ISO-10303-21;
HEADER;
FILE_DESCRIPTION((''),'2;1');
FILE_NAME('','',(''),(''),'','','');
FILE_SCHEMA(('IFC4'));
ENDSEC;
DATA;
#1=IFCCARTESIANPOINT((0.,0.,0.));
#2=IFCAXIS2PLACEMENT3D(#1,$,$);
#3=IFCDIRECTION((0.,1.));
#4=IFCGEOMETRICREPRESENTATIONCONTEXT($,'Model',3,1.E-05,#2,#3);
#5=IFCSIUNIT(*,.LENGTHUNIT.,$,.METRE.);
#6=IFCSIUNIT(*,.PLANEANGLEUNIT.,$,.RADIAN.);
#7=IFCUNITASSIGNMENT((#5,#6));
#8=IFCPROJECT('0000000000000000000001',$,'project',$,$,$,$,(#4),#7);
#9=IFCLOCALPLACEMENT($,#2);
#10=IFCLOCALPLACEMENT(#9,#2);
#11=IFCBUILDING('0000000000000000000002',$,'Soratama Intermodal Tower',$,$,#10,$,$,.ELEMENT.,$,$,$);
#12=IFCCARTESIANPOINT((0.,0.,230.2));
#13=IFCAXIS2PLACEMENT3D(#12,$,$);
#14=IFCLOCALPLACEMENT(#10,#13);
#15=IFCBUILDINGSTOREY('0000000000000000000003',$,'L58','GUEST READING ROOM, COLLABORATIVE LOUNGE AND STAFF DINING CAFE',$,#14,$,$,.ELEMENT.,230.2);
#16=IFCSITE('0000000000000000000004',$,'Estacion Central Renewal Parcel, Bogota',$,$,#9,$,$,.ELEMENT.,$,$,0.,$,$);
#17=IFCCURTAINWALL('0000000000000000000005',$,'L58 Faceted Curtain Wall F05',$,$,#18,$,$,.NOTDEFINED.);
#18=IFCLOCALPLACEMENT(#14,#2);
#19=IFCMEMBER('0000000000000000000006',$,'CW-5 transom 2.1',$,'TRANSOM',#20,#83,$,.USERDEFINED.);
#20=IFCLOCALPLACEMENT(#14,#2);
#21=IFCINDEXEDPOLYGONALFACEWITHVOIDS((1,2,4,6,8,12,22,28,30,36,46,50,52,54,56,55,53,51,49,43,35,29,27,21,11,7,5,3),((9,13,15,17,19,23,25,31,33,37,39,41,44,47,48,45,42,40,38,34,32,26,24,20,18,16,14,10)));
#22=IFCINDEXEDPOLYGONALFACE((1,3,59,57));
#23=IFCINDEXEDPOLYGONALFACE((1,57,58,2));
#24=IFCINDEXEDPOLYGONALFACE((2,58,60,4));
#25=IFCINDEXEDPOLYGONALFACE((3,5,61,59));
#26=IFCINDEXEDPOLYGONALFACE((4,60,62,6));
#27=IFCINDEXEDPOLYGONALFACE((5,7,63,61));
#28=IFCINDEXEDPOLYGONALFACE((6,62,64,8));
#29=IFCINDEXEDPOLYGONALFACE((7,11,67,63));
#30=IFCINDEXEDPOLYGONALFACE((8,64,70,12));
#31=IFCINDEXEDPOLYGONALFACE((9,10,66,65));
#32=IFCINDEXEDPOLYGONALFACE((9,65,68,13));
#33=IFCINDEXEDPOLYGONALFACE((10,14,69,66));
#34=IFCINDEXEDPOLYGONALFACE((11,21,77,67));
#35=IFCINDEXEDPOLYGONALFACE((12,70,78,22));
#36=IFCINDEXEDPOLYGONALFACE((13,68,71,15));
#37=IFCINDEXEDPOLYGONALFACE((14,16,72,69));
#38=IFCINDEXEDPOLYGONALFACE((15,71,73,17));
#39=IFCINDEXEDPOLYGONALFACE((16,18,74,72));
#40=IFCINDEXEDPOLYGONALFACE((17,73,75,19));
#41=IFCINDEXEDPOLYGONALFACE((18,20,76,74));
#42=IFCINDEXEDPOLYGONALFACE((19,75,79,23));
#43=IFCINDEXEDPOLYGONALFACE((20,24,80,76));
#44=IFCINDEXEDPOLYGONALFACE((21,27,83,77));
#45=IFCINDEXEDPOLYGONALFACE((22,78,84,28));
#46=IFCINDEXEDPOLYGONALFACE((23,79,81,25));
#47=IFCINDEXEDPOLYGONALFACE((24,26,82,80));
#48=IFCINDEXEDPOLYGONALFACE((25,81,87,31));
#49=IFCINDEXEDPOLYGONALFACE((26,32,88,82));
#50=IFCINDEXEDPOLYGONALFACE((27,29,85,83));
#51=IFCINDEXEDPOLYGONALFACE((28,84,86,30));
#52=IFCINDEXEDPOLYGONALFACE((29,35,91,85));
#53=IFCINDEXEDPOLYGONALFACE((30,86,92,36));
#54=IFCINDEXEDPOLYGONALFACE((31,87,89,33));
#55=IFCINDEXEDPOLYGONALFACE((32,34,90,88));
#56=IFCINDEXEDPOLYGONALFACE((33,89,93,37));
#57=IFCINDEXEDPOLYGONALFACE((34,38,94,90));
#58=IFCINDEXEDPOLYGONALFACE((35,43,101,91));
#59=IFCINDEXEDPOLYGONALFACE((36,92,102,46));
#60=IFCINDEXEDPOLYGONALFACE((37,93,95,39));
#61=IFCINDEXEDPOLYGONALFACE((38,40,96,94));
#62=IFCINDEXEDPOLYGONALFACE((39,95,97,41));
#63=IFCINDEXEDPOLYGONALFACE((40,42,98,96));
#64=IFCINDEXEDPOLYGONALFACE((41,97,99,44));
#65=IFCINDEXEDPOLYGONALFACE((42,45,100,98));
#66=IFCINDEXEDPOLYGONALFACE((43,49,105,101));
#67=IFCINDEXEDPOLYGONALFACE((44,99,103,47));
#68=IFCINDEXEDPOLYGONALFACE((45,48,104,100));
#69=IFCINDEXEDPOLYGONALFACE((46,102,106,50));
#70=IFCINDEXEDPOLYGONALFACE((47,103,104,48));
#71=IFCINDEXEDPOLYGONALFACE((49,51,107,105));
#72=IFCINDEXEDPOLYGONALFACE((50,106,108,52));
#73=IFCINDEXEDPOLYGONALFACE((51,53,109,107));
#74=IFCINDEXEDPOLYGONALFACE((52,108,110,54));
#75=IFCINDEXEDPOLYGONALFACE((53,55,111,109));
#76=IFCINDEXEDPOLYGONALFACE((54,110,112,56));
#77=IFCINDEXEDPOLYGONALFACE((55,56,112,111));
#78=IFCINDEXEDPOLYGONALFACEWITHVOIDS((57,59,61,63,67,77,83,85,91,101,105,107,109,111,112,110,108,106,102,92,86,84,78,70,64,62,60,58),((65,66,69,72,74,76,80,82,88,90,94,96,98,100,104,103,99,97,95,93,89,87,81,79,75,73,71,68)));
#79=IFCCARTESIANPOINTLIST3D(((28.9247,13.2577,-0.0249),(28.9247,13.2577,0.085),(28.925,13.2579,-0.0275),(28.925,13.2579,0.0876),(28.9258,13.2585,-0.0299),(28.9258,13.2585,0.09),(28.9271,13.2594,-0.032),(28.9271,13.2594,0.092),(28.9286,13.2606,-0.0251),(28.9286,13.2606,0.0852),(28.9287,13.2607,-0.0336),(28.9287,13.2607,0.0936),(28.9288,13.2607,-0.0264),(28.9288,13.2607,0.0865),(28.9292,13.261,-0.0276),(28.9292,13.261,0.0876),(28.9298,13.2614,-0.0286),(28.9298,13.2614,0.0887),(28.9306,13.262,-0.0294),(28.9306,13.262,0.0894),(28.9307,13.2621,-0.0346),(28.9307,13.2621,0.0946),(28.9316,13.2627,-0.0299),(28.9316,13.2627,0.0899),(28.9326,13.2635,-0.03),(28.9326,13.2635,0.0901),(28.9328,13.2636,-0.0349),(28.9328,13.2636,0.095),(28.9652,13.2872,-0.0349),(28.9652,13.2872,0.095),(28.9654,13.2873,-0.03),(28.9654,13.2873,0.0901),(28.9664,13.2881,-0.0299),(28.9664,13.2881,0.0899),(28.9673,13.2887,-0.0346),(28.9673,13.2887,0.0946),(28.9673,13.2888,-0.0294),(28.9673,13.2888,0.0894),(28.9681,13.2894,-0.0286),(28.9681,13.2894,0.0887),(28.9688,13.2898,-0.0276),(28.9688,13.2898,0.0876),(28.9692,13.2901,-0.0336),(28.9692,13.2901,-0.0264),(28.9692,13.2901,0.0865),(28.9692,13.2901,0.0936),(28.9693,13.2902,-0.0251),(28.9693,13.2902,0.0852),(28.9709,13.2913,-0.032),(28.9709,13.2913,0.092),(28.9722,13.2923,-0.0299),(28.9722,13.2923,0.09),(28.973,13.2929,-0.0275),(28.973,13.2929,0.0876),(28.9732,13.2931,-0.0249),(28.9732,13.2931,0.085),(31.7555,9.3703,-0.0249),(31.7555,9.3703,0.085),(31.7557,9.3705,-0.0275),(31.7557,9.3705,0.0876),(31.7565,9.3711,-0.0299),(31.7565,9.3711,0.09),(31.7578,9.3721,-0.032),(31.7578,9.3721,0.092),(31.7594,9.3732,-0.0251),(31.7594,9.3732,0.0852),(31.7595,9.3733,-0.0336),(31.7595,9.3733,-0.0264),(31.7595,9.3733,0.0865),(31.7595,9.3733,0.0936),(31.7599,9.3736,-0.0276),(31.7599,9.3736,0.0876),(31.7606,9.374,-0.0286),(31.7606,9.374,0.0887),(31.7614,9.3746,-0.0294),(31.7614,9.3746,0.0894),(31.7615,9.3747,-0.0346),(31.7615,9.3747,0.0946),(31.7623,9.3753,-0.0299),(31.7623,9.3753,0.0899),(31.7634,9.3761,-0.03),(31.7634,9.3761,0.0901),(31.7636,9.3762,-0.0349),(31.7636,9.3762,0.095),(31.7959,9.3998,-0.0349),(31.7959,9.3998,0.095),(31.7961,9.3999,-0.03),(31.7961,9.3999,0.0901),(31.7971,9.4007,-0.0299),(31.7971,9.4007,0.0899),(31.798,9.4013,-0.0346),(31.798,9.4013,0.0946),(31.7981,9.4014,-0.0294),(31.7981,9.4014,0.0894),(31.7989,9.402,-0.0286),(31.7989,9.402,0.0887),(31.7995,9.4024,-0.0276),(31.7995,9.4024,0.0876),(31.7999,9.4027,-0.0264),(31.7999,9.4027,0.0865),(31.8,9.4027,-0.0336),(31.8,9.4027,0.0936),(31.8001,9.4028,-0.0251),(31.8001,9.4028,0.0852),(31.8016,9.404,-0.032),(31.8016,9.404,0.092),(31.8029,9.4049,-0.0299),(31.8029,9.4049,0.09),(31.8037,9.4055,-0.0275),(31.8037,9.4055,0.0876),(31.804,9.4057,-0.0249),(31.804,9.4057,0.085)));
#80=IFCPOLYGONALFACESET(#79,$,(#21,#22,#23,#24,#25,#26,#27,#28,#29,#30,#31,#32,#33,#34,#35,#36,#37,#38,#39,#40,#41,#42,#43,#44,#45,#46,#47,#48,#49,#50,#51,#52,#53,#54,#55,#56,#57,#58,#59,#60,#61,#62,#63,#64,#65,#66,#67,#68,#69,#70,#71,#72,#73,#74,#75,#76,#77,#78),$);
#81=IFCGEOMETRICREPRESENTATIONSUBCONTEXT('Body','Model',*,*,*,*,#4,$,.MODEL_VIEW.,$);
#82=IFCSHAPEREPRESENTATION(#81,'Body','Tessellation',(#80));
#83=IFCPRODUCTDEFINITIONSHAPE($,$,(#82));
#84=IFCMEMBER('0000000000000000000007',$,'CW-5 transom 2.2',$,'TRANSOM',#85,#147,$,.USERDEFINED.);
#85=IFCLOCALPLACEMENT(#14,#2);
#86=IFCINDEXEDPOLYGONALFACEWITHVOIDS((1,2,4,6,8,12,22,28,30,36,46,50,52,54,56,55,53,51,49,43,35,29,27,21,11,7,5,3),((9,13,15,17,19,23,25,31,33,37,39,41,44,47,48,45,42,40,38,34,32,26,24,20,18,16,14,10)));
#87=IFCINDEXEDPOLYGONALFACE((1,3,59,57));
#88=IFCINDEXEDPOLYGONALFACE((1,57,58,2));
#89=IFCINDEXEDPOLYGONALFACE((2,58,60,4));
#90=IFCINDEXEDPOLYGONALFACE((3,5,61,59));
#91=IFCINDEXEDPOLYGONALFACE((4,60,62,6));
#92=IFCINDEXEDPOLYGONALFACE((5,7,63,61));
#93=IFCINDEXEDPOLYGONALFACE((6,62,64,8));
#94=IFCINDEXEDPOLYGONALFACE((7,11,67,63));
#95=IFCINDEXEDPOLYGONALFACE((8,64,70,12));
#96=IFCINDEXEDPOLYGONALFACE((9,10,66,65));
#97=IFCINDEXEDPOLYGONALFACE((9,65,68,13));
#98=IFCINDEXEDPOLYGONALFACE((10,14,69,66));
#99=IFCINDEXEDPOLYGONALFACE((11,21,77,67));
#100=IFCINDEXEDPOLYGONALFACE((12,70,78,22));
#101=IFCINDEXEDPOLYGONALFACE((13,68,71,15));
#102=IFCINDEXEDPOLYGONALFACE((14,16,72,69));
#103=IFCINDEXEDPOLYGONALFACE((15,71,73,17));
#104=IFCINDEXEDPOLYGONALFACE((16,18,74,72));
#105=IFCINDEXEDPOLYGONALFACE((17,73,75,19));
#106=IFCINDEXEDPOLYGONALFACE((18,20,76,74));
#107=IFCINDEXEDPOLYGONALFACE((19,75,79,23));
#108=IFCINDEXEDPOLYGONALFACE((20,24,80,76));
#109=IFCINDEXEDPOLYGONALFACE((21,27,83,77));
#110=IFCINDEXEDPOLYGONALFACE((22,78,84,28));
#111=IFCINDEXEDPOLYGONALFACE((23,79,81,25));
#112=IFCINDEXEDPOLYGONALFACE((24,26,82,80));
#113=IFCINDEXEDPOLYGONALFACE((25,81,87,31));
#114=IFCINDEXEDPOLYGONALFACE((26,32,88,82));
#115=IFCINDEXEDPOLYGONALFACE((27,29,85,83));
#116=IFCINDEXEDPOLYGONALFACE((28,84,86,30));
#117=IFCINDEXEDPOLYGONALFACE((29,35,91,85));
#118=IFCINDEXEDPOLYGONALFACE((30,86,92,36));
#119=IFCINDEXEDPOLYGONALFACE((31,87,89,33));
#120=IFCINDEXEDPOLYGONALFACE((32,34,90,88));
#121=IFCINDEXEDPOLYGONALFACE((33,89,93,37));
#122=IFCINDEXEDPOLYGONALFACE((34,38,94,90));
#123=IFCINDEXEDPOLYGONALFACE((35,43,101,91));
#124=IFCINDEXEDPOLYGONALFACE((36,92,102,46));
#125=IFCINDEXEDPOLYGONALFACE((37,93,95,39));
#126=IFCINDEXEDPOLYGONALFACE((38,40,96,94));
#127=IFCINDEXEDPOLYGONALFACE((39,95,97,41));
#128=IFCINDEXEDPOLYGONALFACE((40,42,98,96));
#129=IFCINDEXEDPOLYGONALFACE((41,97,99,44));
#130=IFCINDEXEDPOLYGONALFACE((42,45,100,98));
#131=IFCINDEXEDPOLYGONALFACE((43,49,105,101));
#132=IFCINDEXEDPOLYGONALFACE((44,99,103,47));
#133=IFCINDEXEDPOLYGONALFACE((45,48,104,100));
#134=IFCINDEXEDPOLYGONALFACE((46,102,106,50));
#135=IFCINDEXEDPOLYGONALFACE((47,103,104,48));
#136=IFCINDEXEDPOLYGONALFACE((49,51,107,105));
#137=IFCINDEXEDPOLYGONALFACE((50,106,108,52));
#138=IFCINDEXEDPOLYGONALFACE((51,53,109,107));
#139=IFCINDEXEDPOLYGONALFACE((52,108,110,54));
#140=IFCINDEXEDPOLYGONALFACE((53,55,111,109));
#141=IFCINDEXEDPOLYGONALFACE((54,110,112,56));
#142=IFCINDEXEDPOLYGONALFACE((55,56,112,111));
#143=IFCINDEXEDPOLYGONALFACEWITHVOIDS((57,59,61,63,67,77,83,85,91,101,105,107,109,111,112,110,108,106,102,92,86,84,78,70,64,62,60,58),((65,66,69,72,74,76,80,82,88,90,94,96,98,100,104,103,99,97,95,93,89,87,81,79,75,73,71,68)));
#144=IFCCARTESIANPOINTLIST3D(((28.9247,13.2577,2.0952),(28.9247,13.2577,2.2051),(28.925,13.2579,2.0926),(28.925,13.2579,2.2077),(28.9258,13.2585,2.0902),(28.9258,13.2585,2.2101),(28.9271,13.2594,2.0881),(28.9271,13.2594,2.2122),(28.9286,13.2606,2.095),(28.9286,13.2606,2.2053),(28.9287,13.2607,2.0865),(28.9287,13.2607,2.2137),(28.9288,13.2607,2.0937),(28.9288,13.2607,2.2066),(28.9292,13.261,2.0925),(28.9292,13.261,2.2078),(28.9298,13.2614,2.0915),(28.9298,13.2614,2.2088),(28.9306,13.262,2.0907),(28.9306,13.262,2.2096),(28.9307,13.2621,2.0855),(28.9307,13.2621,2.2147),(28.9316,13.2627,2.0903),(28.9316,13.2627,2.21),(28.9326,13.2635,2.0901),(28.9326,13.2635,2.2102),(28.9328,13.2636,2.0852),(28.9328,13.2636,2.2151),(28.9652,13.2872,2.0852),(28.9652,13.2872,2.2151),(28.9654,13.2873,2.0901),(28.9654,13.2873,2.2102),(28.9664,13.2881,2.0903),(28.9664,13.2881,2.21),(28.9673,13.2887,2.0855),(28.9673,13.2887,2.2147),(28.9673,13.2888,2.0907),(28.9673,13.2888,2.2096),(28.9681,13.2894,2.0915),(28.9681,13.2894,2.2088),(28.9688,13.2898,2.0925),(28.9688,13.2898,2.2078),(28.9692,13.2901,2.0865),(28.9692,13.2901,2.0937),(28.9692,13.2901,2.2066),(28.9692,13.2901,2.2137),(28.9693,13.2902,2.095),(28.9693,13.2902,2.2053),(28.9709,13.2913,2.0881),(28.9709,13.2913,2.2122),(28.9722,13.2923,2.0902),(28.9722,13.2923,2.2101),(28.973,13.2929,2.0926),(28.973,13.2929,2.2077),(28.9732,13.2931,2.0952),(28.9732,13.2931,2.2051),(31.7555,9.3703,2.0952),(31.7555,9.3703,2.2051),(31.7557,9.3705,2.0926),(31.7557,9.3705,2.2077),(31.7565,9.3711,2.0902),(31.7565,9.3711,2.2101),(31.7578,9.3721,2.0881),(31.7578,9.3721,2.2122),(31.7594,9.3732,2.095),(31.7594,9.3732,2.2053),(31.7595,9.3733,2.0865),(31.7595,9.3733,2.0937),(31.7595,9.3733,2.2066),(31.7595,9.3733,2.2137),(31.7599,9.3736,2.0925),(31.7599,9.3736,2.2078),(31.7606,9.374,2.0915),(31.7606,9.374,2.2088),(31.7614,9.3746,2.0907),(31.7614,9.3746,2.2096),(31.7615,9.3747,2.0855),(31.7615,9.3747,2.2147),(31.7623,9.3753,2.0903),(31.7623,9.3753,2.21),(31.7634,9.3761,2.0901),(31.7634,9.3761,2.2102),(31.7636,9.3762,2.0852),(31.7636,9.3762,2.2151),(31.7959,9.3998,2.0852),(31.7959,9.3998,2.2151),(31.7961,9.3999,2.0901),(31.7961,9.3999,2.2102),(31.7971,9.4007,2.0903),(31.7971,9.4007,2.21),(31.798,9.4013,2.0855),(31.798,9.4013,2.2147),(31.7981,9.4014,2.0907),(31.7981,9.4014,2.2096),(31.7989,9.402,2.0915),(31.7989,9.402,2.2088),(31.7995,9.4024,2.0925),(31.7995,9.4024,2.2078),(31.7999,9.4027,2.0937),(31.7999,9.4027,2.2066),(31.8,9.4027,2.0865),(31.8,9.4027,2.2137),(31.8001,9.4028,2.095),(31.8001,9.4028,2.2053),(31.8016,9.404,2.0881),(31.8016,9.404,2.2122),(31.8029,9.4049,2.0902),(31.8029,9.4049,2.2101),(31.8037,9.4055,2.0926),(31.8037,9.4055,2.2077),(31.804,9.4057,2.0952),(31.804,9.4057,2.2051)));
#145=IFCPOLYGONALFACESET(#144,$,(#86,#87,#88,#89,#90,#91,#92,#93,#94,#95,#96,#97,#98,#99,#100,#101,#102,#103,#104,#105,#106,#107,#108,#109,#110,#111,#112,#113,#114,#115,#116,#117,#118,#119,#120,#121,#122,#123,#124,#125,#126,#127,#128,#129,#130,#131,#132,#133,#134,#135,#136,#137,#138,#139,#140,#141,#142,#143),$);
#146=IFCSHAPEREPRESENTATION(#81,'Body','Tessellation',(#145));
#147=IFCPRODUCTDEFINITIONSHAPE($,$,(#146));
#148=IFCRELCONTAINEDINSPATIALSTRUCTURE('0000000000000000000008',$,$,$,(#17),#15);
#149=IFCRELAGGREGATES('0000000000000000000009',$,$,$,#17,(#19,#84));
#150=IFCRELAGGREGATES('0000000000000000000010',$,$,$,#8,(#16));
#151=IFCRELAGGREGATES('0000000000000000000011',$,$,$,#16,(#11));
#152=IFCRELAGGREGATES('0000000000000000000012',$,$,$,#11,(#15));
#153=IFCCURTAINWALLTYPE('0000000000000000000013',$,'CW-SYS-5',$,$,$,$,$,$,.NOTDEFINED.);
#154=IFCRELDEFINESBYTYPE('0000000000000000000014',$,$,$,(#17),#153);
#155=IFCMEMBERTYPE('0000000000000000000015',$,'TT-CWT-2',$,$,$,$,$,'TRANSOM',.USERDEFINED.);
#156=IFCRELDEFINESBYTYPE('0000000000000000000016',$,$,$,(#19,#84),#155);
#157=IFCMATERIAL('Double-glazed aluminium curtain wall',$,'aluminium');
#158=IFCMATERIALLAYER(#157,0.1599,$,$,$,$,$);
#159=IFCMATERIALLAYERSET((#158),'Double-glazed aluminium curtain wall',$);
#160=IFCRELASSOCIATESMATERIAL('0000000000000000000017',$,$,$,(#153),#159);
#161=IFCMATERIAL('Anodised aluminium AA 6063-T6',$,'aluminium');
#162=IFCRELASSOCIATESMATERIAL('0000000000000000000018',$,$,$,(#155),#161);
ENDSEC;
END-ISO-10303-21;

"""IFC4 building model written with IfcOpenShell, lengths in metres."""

from ifc_helpers import new_model, si_unit, direction, frame, origin, origin_2d, place, context, subcontext, project, spatial, hollow_rectangle, extrude, material, layer, layer_set, material_profile, profile_set, type_object, element, aggregate, save


model = new_model("IFC4")

# Units and contexts
model_context = context("Model", 3, precision=1e-05, world=origin(), true_north=direction((0.0, 1.0)))
body_context = subcontext(model_context, "Body", "Model", "MODEL_VIEW")
ifc_project = project(units=[si_unit("LENGTHUNIT", "METRE"), si_unit("PLANEANGLEUNIT", "RADIAN")], contexts=[model_context])

# Site, building, storey
site_placement = place(None, origin())
site = spatial("IfcSite", under=ifc_project, at=site_placement, Name="Estacion Central Renewal Parcel, Bogota", CompositionType="ELEMENT", RefElevation=0.0)
building_placement = place(site_placement, origin())
building = spatial("IfcBuilding", under=site, at=building_placement, Name="Soratama Intermodal Tower", CompositionType="ELEMENT")
storey_placement = place(building_placement, frame((0.0, 0.0, 230.2)))
storey = spatial("IfcBuildingStorey", under=building, at=storey_placement, Name="L58", Description="GUEST READING ROOM, COLLABORATIVE LOUNGE AND STAFF DINING CAFE", CompositionType="ELEMENT", Elevation=230.2)

# Curtain wall, members
ifc_material_1 = material(Name="Double-glazed aluminium curtain wall", Category="aluminium")
ifc_layer_1 = layer(ifc_material_1, 0.1599)
ifc_layer_set_1 = layer_set([ifc_layer_1], Name="Double-glazed aluminium curtain wall")
curtain_wall_type = type_object("IfcCurtainWallType", Name="CW-SYS-5", PredefinedType="NOTDEFINED", material=ifc_layer_set_1)
curtain_wall_placement = place(storey_placement, origin())
curtain_wall = element("IfcCurtainWall", 1, at=curtain_wall_placement, inside=storey, type_object=curtain_wall_type, Name="L58 Faceted Curtain Wall F05", PredefinedType="NOTDEFINED")
ifc_material_2 = material(Name="Anodised aluminium AA 6063-T6", Category="aluminium")
ifc_material_profile_1 = material_profile(ifc_material_2, hollow_rectangle(XDim=0.0601, YDim=0.1299, WallThickness=0.0049, InnerFilletRadius=0.0049, OuterFilletRadius=0.01, at=origin_2d()), Name="CWT130X60X5")
ifc_profile_set_1 = profile_set([ifc_material_profile_1], Name="Anodised aluminium AA 6063-T6")
member_type_1 = type_object("IfcMemberType", Name="TT-CWT-2", ElementType="TRANSOM", PredefinedType="USERDEFINED", material=ifc_profile_set_1)
member_1_placement = place(storey_placement, frame((28.949, 13.2754, 0.03), z_axis=(0.588658, -0.808382, 0.0), x_axis=(0.808382, 0.588658, 0.0)))
member_1 = element("IfcMember", 2, at=member_1_placement, type_object=member_type_1, Name="CW-5 transom 2.1", ObjectType="TRANSOM", PredefinedType="USERDEFINED", context=body_context, shape_type="SweptSolid", body=[
    extrude(hollow_rectangle(XDim=0.0601, YDim=0.1299, WallThickness=0.0049, InnerFilletRadius=0.0049, OuterFilletRadius=0.01, at=origin_2d()), origin(), (0.0, 0.0, 1.0), 4.8088),
])
member_2_placement = place(storey_placement, frame((28.949, 13.2754, 2.1501), z_axis=(0.588658, -0.808382, 0.0), x_axis=(0.808382, 0.588658, 0.0)))
member_2 = element("IfcMember", 3, at=member_2_placement, type_object=member_type_1, Name="CW-5 transom 2.2", ObjectType="TRANSOM", PredefinedType="USERDEFINED", context=body_context, shape_type="SweptSolid", body=[
    extrude(hollow_rectangle(XDim=0.0601, YDim=0.1299, WallThickness=0.0049, InnerFilletRadius=0.0049, OuterFilletRadius=0.01, at=origin_2d()), origin(), (0.0, 0.0, 1.0), 4.8088),
])
aggregate(curtain_wall, [member_1, member_2])

save(model, "model.ifc")
